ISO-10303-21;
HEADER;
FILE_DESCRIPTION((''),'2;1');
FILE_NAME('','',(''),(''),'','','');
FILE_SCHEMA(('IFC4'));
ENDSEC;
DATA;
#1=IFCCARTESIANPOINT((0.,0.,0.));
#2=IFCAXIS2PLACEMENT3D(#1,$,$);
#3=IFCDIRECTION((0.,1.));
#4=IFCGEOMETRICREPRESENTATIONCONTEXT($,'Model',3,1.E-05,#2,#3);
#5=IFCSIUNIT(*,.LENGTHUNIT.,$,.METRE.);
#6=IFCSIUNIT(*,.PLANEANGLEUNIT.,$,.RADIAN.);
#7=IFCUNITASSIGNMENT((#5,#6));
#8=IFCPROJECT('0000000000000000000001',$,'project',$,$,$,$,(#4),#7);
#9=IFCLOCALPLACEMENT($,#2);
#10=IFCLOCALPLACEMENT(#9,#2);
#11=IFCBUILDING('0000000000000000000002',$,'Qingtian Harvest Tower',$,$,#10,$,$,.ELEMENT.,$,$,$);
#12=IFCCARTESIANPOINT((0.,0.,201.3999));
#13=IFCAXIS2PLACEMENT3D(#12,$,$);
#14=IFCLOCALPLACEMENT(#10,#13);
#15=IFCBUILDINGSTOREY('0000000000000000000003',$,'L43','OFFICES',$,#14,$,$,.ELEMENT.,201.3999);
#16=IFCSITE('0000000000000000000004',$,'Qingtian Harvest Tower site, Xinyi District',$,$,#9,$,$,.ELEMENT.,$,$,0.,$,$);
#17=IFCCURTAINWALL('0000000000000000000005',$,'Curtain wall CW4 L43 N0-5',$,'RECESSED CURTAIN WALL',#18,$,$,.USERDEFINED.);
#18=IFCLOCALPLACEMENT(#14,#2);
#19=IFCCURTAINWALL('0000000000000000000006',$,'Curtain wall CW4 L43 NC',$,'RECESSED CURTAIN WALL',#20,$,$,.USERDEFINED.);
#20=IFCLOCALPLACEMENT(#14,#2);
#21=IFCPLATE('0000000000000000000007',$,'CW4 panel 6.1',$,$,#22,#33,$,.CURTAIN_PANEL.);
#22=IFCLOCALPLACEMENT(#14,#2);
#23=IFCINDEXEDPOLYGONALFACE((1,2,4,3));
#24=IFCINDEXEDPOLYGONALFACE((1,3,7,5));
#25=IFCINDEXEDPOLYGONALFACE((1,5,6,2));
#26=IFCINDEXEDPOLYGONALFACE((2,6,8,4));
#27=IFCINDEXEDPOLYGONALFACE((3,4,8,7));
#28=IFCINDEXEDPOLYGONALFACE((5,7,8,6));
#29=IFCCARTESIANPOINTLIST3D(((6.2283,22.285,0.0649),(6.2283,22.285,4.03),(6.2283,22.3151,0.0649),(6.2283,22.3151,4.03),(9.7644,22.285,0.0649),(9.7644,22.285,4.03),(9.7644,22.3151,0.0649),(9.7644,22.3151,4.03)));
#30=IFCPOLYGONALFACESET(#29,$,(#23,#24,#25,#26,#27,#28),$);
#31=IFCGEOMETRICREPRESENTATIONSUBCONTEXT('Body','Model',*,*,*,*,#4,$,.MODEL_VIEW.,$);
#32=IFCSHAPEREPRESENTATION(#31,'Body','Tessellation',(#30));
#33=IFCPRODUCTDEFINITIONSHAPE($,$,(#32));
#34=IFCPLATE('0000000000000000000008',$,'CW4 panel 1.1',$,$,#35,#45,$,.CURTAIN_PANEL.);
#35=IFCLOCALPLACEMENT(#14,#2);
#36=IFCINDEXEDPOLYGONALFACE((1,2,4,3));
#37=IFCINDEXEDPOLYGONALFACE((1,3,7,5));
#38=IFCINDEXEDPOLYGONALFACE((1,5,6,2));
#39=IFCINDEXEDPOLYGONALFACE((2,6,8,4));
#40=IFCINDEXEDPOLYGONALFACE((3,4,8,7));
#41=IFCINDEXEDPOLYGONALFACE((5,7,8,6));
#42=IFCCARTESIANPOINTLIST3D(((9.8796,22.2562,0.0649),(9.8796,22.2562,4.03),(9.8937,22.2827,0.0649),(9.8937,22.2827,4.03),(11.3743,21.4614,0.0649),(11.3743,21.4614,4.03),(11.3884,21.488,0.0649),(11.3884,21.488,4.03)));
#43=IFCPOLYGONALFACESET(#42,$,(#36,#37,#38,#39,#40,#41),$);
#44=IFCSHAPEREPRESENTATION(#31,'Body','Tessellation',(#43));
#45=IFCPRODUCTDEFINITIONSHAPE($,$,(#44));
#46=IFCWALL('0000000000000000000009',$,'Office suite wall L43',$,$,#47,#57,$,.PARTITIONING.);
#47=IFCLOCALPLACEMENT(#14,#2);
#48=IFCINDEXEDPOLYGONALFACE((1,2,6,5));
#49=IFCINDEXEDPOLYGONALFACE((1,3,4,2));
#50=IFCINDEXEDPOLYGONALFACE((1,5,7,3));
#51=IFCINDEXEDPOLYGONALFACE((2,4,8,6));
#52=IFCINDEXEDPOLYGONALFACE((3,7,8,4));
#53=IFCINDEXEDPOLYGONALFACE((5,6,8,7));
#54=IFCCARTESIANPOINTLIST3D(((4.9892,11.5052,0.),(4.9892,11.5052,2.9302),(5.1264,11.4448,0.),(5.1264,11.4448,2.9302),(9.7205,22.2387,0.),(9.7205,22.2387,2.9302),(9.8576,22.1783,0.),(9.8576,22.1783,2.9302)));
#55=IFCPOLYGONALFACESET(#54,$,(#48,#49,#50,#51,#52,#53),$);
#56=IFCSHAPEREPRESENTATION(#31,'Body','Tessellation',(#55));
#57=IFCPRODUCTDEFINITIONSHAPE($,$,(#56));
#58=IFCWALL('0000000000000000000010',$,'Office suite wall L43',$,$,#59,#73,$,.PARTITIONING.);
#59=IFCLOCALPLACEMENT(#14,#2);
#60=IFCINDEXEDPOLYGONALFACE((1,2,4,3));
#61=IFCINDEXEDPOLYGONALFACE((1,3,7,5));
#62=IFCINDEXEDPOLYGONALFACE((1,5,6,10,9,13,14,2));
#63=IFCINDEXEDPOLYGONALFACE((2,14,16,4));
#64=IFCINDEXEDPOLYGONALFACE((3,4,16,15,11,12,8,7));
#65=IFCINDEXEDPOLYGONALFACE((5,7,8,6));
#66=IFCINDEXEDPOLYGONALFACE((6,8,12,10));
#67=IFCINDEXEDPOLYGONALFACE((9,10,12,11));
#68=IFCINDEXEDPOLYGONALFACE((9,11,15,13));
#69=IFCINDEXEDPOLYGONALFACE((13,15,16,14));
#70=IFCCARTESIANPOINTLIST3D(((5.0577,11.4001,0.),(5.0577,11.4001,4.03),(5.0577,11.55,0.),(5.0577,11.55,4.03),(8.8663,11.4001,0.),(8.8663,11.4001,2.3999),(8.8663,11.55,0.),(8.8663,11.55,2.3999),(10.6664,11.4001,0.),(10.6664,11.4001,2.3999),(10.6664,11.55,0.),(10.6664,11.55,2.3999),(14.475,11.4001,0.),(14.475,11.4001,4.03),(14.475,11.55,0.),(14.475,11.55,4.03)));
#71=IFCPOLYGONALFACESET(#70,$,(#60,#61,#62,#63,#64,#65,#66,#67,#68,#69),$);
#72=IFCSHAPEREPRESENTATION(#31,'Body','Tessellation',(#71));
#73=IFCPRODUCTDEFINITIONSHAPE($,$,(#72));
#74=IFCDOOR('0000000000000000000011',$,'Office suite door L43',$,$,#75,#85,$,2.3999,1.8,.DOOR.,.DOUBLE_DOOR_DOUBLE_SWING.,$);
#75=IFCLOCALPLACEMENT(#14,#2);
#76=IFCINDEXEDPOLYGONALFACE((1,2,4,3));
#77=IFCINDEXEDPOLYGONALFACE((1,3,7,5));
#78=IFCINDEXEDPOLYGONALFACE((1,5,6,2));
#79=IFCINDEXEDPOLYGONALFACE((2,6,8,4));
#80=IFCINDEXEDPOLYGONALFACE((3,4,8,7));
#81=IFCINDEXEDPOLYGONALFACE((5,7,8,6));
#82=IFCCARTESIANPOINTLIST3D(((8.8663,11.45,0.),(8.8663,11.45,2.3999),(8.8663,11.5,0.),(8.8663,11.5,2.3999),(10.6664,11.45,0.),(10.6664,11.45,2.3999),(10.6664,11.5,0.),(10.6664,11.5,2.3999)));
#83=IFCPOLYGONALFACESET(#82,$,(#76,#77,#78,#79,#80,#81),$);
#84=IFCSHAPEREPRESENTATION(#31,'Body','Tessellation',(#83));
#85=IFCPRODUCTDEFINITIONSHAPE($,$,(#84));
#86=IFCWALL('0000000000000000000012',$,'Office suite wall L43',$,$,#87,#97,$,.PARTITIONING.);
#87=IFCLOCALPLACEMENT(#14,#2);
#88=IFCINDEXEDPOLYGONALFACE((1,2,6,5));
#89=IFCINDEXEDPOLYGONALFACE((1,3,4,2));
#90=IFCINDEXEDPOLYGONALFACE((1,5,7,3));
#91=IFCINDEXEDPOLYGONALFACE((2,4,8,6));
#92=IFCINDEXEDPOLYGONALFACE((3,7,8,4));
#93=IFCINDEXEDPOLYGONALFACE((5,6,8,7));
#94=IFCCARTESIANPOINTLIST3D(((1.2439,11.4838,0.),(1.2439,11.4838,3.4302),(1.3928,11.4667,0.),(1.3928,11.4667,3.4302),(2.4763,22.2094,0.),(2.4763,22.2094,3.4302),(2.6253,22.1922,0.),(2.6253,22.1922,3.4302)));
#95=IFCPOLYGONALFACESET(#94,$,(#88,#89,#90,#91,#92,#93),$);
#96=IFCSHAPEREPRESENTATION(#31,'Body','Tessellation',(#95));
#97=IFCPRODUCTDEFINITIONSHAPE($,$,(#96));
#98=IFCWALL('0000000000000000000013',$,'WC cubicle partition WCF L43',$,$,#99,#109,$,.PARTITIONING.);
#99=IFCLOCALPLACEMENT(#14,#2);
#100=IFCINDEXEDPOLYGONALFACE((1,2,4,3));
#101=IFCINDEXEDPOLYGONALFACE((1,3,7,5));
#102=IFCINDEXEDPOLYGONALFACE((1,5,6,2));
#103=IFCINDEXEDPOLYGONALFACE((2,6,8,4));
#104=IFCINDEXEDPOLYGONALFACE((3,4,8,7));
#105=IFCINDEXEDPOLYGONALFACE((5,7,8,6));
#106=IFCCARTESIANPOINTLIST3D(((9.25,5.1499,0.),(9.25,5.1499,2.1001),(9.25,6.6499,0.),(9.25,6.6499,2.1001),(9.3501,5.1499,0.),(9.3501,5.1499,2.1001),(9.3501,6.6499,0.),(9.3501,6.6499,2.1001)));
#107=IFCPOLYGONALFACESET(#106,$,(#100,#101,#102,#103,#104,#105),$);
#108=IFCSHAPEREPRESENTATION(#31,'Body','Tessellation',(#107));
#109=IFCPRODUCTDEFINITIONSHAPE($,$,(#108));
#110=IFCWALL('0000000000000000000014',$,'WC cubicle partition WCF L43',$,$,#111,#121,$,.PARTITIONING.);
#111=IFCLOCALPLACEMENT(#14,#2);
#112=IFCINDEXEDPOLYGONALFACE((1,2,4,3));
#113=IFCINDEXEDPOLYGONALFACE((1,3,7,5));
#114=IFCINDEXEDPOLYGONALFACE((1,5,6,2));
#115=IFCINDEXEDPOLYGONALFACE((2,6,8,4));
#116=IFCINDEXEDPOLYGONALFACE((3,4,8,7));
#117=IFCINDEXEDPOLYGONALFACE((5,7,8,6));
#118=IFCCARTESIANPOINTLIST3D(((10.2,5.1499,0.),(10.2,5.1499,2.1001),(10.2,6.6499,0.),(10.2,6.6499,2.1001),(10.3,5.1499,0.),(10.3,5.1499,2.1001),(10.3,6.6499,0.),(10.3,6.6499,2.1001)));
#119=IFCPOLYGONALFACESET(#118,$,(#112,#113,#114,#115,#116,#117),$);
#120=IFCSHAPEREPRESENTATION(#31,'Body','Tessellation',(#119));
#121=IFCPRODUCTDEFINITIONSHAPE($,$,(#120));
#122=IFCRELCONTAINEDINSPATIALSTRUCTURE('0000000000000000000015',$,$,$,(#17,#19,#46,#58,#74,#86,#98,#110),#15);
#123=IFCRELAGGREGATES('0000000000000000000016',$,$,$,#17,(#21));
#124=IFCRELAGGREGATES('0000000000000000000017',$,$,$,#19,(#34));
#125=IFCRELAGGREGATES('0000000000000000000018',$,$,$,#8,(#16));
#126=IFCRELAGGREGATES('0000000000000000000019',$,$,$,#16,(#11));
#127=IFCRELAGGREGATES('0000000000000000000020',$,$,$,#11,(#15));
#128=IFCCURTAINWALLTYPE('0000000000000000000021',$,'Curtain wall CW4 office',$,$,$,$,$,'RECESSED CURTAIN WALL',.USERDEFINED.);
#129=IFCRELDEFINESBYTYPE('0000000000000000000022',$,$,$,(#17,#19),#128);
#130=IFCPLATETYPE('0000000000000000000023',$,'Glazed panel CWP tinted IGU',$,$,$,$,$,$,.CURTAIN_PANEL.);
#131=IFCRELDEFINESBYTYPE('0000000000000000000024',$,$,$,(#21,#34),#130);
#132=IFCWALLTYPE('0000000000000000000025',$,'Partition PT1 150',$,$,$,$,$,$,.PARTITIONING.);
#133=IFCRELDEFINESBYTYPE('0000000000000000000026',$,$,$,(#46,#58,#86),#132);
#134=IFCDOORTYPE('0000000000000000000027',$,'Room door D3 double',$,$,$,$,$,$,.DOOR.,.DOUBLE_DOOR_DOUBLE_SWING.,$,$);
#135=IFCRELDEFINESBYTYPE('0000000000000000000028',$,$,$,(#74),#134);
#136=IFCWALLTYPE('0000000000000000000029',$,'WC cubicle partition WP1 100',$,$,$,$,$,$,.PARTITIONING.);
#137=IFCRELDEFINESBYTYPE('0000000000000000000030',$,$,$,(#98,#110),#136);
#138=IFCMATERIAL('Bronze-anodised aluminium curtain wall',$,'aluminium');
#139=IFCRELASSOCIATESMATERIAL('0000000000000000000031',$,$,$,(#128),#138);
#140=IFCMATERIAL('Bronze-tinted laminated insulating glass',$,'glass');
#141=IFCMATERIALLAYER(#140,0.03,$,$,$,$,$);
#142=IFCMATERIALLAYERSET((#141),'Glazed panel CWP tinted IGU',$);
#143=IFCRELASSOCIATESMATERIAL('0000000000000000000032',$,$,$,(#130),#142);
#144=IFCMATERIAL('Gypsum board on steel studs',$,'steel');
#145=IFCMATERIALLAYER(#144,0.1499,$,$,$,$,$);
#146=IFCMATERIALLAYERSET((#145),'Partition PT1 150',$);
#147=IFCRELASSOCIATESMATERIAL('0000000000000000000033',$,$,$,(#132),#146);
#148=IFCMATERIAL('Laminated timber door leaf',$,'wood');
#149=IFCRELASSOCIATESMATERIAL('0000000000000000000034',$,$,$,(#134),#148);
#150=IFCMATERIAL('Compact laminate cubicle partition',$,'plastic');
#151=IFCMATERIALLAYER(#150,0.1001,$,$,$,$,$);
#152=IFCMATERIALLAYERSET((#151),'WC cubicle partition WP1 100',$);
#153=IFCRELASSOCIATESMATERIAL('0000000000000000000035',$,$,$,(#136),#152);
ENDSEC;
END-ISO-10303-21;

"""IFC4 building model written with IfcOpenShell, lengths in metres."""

from ifc_helpers import new_model, si_unit, direction, frame, frame_2d, origin, origin_2d, place, context, subcontext, project, spatial, rectangle, extrude, material, layer, layer_set, type_object, element, fill, aggregate, save


model = new_model("IFC4")

# Units and contexts
model_context = context("Model", 3, precision=1e-05, world=origin(), true_north=direction((0.0, 1.0)))
body_context = subcontext(model_context, "Body", "Model", "MODEL_VIEW")
ifc_project = project(units=[si_unit("LENGTHUNIT", "METRE"), si_unit("PLANEANGLEUNIT", "RADIAN")], contexts=[model_context])

# Site, building, storey
site_placement = place(None, origin())
site = spatial("IfcSite", under=ifc_project, at=site_placement, Name="Qingtian Harvest Tower site, Xinyi District", CompositionType="ELEMENT", RefElevation=0.0)
building_placement = place(site_placement, origin())
building = spatial("IfcBuilding", under=site, at=building_placement, Name="Qingtian Harvest Tower", CompositionType="ELEMENT")
storey_placement = place(building_placement, frame((0.0, 0.0, 201.3999)))
storey = spatial("IfcBuildingStorey", under=building, at=storey_placement, Name="L43", Description="OFFICES", CompositionType="ELEMENT", Elevation=201.3999)

# Curtain walls
ifc_material_1 = material(Name="Bronze-anodised aluminium curtain wall", Category="aluminium")
curtain_wall_type = type_object("IfcCurtainWallType", Name="Curtain wall CW4 office", ElementType="RECESSED CURTAIN WALL", PredefinedType="USERDEFINED", material=ifc_material_1)
curtain_wall_1_placement = place(storey_placement, origin())
curtain_wall_1 = element("IfcCurtainWall", 1, at=curtain_wall_1_placement, inside=storey, type_object=curtain_wall_type, Name="Curtain wall CW4 L43 N0-5", ObjectType="RECESSED CURTAIN WALL", PredefinedType="USERDEFINED")
curtain_wall_2_placement = place(storey_placement, origin())
curtain_wall_2 = element("IfcCurtainWall", 2, at=curtain_wall_2_placement, inside=storey, type_object=curtain_wall_type, Name="Curtain wall CW4 L43 NC", ObjectType="RECESSED CURTAIN WALL", PredefinedType="USERDEFINED")

# Plates
ifc_material_2 = material(Name="Bronze-tinted laminated insulating glass", Category="glass")
ifc_layer_1 = layer(ifc_material_2, 0.03)
ifc_layer_set_1 = layer_set([ifc_layer_1], Name="Glazed panel CWP tinted IGU")
plate_type = type_object("IfcPlateType", Name="Glazed panel CWP tinted IGU", PredefinedType="CURTAIN_PANEL", material=ifc_layer_set_1)
plate_1_placement = place(storey_placement, frame((7.9963, 22.3, 0.0649), z_axis=(0.0, 0.0, 1.0), x_axis=(1.0, 0.0, 0.0)))
plate_1 = element("IfcPlate", 3, at=plate_1_placement, type_object=plate_type, Name="CW4 panel 6.1", PredefinedType="CURTAIN_PANEL", context=body_context, shape_type="SweptSolid", body=[
    extrude(rectangle(XDim=3.5361, YDim=0.03, at=origin_2d()), origin(), (0.0, 0.0, 1.0), 3.9651),
])
aggregate(curtain_wall_1, [plate_1])
plate_2_placement = place(storey_placement, frame((10.634, 21.8721, 0.0649), z_axis=(0.0, 0.0, 1.0), x_axis=(0.882948, -0.469472, 0.0)))
plate_2 = element("IfcPlate", 4, at=plate_2_placement, type_object=plate_type, Name="CW4 panel 1.1", PredefinedType="CURTAIN_PANEL", context=body_context, shape_type="SweptSolid", body=[
    extrude(rectangle(XDim=1.6929, YDim=0.03, at=origin_2d()), origin(), (0.0, 0.0, 1.0), 3.9651),
])
aggregate(curtain_wall_2, [plate_2])

# Wall
ifc_material_3 = material(Name="Gypsum board on steel studs", Category="steel")
ifc_layer_2 = layer(ifc_material_3, 0.1499)
ifc_layer_set_2 = layer_set([ifc_layer_2], Name="Partition PT1 150")
wall_type_1 = type_object("IfcWallType", Name="Partition PT1 150", PredefinedType="PARTITIONING", material=ifc_layer_set_2)
wall_1_placement = place(storey_placement, frame((9.7891, 22.2085, 0.0), z_axis=(0.0, 0.0, 1.0), x_axis=(-0.403346, -0.915048, 0.0)))
element("IfcWall", 5, at=wall_1_placement, inside=storey, type_object=wall_type_1, Name="Office suite wall L43", PredefinedType="PARTITIONING", context=body_context, shape_type="SweptSolid", body=[
    extrude(rectangle(XDim=11.73, YDim=0.1499, at=frame_2d((5.865, 0.0))), origin(), (0.0, 0.0, 1.0), 2.9302),
])

# Wall, opening, door
wall_2_placement = place(storey_placement, frame((5.0579, 11.4751, 0.0), z_axis=(0.0, 0.0, 1.0), x_axis=(1.0, 0.0, 0.0)))
wall_2 = element("IfcWall", 6, at=wall_2_placement, inside=storey, type_object=wall_type_1, Name="Office suite wall L43", PredefinedType="PARTITIONING", context=body_context, shape_type="SweptSolid", body=[
    extrude(rectangle(XDim=9.4172, YDim=0.1499, at=frame_2d((4.7085, 0.0))), origin(), (0.0, 0.0, 1.0), 4.03),
])
opening_1_placement = place(wall_2_placement, frame((3.8086, 0.0, 0.0)))
opening_1 = element("IfcOpeningElement", 7, at=opening_1_placement, cuts=wall_2, PredefinedType="OPENING", context=body_context, shape_type="SweptSolid", body=[
    extrude(rectangle(XDim=1.8, YDim=2.3999, at=frame_2d((0.8999, 1.2))), frame((0.0, 0.085, 0.0), z_axis=(0.0, -1.0, 0.0), x_axis=(1.0, 0.0, 0.0)), (0.0, 0.0, 1.0), 0.1699),
])
ifc_material_4 = material(Name="Laminated timber door leaf", Category="wood")
door_type_1 = type_object("IfcDoorType", Name="Room door D3 double", OperationType="DOUBLE_DOOR_DOUBLE_SWING", PredefinedType="DOOR", material=ifc_material_4)
door_1_placement = place(opening_1_placement, origin())
door_1 = element("IfcDoor", 8, at=door_1_placement, inside=storey, type_object=door_type_1, Name="Office suite door L43", OperationType="DOUBLE_DOOR_DOUBLE_SWING", OverallHeight=2.3999, OverallWidth=1.8, PredefinedType="DOOR", context=body_context, shape_type="SweptSolid", body=[
    extrude(rectangle(XDim=1.8, YDim=2.3999, at=frame_2d((0.8999, 1.2))), frame((0.0, 0.0249, 0.0), z_axis=(0.0, -1.0, 0.0), x_axis=(1.0, 0.0, 0.0)), (0.0, 0.0, 1.0), 0.05),
])
fill(opening_1, door_1)

# Wall
wall_3_placement = place(storey_placement, frame((2.5508, 22.2007, 0.0), z_axis=(0.0, 0.0, 1.0), x_axis=(-0.114154, -0.993463, 0.0)))
element("IfcWall", 9, at=wall_3_placement, inside=storey, type_object=wall_type_1, Name="Office suite wall L43", PredefinedType="PARTITIONING", context=body_context, shape_type="SweptSolid", body=[
    extrude(rectangle(XDim=10.7961, YDim=0.1499, at=frame_2d((5.3979, 0.0))), origin(), (0.0, 0.0, 1.0), 3.4302),
])

# Walls
ifc_material_5 = material(Name="Compact laminate cubicle partition", Category="plastic")
ifc_layer_3 = layer(ifc_material_5, 0.1001)
ifc_layer_set_3 = layer_set([ifc_layer_3], Name="WC cubicle partition WP1 100")
wall_type_2 = type_object("IfcWallType", Name="WC cubicle partition WP1 100", PredefinedType="PARTITIONING", material=ifc_layer_set_3)
for number, where, z_axis, x_axis, name in (
    (10, (9.3, 5.1499, 0.0), (0.0, 0.0, 1.0), (0.0, 1.0, 0.0), "WC cubicle partition WCF L43"),
    (11, (10.25, 5.1499, 0.0), (0.0, 0.0, 1.0), (0.0, 1.0, 0.0), "WC cubicle partition WCF L43"),
):
    element("IfcWall", number, at=place(storey_placement, frame(where, z_axis=z_axis, x_axis=x_axis)), inside=storey, type_object=wall_type_2, Name=name, PredefinedType="PARTITIONING", context=body_context, shape_type="SweptSolid", body=[
        extrude(rectangle(XDim=1.5, YDim=0.1001, at=frame_2d((0.75, 0.0))), origin(), (0.0, 0.0, 1.0), 2.1001),
    ])

save(model, "model.ifc")
